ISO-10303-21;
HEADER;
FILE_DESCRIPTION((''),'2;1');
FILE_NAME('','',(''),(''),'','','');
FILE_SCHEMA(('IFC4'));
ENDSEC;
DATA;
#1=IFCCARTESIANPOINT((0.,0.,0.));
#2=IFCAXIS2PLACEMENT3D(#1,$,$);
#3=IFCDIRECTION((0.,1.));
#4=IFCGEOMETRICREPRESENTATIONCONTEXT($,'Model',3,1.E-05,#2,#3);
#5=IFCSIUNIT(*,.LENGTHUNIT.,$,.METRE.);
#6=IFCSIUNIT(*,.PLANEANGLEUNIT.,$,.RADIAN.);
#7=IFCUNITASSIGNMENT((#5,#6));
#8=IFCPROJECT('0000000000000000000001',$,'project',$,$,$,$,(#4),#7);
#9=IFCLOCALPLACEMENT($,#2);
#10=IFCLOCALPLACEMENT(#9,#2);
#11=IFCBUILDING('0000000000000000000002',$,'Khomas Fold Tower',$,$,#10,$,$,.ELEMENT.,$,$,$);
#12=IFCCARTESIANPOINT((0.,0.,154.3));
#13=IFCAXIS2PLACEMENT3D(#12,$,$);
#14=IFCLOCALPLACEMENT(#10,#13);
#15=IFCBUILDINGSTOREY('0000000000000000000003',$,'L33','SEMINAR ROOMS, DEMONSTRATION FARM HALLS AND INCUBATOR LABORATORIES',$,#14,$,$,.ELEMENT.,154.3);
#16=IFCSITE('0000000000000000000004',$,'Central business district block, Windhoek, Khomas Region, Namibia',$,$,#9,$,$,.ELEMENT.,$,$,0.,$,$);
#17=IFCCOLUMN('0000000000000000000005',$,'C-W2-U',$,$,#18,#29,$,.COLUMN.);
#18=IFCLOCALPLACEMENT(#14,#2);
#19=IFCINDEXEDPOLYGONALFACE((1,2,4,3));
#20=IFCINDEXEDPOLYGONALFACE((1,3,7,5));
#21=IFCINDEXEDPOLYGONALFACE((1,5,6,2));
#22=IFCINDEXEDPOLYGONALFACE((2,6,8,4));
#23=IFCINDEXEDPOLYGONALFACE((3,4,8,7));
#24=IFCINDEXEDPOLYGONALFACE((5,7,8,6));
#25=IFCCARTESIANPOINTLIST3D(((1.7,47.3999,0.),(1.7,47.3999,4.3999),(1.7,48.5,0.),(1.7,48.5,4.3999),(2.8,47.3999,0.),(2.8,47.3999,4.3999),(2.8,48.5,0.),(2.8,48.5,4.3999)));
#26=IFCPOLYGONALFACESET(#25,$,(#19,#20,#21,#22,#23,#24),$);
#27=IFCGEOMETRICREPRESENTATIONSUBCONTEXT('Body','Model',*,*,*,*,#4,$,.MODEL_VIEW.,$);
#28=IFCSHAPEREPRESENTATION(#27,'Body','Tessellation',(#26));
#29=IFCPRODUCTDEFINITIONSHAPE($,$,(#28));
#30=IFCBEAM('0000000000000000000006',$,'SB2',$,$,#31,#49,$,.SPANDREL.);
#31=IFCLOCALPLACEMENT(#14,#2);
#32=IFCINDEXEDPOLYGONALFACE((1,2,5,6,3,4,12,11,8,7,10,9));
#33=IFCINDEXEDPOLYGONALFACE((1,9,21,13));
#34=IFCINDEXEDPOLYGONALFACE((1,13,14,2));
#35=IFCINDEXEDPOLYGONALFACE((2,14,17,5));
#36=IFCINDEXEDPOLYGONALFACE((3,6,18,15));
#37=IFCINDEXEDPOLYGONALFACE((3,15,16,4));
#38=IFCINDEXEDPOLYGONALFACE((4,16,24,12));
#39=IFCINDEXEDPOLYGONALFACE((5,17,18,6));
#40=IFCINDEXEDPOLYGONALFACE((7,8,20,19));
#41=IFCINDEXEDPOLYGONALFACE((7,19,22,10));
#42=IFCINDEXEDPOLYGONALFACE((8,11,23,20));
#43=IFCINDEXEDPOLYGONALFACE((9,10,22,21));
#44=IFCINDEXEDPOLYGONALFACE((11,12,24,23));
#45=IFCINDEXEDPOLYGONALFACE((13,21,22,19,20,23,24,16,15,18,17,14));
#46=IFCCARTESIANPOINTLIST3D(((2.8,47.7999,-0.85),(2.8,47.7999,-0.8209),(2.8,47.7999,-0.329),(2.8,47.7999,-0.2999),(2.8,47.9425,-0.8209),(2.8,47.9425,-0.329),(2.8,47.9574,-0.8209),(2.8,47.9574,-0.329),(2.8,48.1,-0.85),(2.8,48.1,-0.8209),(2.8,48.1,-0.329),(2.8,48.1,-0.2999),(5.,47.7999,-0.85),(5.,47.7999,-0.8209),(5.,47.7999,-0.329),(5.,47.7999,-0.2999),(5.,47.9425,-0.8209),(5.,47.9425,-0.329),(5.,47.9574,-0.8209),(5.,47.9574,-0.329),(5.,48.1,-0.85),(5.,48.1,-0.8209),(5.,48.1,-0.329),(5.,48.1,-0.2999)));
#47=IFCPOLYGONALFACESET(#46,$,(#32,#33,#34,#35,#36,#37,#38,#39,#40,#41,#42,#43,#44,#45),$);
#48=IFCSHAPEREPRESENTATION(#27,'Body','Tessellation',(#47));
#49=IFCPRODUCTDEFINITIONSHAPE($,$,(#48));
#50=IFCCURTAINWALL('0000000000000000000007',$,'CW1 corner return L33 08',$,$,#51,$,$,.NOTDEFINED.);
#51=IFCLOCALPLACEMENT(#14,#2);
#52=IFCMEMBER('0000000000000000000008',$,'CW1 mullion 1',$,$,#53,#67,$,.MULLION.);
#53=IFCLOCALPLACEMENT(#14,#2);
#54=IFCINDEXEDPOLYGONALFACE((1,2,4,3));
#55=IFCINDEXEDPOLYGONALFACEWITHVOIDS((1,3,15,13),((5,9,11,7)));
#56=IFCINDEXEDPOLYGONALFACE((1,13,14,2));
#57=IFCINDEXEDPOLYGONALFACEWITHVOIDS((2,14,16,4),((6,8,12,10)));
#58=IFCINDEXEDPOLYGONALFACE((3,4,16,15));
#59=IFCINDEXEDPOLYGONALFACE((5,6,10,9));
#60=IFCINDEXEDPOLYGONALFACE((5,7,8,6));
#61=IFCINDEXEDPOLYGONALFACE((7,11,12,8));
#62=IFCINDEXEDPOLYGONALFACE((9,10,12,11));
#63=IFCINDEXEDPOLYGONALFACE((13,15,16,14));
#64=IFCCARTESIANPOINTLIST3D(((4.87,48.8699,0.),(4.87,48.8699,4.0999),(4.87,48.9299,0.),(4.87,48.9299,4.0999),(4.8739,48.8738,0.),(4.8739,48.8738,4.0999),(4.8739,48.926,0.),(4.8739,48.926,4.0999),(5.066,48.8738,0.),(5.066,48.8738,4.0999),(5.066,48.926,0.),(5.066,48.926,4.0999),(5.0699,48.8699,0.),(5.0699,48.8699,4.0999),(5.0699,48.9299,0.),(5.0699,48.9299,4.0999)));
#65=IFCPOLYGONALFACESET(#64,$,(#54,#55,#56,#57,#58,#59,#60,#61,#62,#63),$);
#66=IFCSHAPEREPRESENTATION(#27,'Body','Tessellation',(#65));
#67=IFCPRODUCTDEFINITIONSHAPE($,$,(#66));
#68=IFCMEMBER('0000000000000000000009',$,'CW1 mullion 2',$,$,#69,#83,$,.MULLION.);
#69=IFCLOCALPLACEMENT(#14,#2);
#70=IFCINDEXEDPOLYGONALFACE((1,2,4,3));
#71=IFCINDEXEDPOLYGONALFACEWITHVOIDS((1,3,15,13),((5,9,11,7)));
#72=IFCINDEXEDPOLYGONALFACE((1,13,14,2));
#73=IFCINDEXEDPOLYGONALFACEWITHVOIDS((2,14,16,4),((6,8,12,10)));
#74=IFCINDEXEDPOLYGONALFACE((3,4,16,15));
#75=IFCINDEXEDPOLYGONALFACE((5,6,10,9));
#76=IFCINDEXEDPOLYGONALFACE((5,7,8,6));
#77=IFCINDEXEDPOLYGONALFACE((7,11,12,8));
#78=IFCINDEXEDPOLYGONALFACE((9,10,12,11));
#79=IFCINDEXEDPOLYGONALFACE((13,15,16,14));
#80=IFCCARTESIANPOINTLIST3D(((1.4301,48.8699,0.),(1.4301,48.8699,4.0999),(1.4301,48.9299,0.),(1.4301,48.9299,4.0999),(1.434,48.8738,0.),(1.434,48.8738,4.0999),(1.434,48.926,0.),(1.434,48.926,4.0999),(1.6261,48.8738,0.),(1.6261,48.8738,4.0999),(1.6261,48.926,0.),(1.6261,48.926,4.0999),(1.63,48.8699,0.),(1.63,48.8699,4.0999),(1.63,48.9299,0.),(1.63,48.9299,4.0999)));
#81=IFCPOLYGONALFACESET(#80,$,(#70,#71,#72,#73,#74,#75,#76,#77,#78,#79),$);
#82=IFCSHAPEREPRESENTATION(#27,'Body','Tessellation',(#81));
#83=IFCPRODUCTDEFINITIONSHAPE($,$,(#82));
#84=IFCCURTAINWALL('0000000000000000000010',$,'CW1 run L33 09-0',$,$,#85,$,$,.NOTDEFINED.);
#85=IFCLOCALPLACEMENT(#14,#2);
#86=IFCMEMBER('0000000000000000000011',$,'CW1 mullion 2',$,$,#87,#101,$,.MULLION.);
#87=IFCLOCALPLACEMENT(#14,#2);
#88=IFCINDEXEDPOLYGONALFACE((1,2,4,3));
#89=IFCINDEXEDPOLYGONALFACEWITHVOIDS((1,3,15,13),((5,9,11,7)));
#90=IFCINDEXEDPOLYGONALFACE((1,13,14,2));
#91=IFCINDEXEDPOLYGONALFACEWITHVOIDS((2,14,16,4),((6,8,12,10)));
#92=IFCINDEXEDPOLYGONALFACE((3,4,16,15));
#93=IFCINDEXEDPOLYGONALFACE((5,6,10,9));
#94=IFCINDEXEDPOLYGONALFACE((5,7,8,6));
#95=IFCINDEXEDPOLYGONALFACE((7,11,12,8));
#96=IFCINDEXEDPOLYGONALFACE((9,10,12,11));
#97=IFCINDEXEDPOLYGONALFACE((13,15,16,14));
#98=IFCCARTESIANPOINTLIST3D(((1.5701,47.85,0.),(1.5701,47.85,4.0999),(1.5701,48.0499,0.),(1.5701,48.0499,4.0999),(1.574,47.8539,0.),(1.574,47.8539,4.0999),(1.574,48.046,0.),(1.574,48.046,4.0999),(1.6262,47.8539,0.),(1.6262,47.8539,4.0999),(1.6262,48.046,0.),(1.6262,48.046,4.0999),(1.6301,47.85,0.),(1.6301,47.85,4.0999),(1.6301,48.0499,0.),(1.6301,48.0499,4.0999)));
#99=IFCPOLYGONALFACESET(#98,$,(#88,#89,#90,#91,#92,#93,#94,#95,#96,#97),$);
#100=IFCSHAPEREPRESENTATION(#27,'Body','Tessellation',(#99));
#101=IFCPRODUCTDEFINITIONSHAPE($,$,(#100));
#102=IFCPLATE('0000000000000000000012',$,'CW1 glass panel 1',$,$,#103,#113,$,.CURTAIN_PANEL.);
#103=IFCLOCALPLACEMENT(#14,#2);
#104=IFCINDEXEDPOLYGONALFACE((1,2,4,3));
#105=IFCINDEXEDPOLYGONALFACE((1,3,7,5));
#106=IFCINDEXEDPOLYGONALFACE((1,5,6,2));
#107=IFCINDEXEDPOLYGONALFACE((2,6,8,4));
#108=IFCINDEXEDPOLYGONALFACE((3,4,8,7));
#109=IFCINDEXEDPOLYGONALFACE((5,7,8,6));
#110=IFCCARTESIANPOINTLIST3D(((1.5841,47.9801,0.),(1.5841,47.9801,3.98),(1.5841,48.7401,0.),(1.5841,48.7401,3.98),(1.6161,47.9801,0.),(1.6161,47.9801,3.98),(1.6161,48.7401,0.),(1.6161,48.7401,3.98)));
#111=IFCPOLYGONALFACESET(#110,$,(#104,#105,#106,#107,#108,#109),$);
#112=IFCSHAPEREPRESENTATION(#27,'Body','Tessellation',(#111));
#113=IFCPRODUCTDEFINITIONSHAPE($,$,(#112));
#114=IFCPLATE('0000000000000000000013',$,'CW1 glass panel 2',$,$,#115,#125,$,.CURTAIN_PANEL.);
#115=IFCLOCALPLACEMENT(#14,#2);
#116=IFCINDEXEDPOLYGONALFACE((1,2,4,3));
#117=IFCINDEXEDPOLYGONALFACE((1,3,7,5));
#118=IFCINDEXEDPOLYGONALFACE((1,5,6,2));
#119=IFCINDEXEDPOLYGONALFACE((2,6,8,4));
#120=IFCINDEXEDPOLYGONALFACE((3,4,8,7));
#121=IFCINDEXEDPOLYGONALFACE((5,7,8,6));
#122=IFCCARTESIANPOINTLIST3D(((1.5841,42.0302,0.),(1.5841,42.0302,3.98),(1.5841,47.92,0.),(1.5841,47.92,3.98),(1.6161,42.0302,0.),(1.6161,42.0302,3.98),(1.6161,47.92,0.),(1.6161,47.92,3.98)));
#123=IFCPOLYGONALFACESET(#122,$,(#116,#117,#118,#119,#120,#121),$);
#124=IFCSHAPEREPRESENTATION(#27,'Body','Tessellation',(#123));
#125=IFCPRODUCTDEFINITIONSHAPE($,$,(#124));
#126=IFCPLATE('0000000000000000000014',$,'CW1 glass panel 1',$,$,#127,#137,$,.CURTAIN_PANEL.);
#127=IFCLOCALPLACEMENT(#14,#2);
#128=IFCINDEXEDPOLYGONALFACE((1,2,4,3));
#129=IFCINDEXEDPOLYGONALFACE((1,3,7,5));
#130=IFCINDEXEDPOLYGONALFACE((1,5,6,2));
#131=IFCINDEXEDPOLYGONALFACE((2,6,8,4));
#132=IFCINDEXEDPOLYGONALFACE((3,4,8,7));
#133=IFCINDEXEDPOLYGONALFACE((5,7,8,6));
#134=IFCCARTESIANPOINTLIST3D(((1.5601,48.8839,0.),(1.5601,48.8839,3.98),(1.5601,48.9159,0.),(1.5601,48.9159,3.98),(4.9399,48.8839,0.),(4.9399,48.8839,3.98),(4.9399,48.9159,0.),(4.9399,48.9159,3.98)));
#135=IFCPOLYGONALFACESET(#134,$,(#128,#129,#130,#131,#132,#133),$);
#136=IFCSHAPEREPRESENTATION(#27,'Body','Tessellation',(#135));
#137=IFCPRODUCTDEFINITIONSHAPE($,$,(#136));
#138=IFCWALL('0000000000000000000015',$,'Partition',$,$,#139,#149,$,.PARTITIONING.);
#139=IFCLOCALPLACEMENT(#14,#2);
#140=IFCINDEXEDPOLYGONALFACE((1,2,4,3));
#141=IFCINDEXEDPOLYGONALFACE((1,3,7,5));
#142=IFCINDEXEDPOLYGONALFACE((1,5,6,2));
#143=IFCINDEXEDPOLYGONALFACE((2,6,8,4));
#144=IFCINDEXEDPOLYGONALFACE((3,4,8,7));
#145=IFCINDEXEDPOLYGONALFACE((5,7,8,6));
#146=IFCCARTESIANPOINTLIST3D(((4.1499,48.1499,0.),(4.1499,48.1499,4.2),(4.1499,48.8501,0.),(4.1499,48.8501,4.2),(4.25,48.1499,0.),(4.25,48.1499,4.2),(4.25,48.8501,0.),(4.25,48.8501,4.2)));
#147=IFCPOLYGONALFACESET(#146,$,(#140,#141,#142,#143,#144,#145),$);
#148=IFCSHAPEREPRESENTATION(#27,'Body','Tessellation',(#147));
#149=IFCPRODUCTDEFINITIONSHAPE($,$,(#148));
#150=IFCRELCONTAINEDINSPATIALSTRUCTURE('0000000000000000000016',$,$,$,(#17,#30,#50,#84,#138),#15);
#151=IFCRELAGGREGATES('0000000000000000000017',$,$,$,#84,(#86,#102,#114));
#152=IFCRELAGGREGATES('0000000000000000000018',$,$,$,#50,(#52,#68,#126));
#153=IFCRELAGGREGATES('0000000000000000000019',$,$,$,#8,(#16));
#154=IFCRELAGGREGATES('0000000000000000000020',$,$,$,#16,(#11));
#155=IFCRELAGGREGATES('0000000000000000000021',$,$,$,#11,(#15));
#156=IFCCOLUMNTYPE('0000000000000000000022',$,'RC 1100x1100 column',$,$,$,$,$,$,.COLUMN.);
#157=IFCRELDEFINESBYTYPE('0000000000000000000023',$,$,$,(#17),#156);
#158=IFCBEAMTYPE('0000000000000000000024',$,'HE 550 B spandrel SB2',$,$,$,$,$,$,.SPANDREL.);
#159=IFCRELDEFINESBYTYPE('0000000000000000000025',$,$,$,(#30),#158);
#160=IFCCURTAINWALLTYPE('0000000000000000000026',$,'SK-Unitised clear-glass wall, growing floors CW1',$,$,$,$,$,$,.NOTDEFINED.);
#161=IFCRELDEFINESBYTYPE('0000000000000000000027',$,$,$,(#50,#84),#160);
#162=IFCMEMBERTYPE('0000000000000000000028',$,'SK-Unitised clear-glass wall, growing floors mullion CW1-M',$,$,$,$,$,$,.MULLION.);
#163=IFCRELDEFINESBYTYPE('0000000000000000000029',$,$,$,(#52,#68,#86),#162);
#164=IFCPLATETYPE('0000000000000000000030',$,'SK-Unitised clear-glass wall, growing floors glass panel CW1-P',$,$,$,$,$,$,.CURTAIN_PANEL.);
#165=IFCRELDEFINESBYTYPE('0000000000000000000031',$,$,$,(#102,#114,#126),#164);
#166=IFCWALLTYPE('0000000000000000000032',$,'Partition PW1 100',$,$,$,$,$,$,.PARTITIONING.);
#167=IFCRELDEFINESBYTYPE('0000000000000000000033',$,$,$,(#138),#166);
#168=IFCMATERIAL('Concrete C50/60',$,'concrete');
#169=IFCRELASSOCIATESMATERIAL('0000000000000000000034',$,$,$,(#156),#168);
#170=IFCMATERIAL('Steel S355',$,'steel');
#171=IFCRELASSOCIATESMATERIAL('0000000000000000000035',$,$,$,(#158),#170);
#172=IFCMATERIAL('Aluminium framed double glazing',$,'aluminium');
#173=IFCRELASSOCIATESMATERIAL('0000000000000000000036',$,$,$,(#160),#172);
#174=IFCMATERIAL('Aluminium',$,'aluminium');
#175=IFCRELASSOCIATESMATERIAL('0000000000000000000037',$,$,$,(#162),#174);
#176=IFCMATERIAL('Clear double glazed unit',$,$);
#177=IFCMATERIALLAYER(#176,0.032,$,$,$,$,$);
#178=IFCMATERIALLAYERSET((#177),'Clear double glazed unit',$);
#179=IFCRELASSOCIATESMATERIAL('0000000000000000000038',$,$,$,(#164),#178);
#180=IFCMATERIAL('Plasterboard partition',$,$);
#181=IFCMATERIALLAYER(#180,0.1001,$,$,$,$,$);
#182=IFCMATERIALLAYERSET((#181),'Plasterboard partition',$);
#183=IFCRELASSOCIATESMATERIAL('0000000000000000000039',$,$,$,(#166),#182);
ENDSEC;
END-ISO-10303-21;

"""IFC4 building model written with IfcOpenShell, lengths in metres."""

from ifc_helpers import new_model, si_unit, direction, frame, frame_2d, origin, origin_2d, place, context, subcontext, project, spatial, rectangle, hollow_rectangle, i_section, extrude, source, transform, mapped, material, layer, layer_set, material_profile, profile_set, type_object, element, aggregate, save


model = new_model("IFC4")

# Units and contexts
model_context = context("Model", 3, precision=1e-05, world=origin(), true_north=direction((0.0, 1.0)))
body_context = subcontext(model_context, "Body", "Model", "MODEL_VIEW")
ifc_project = project(units=[si_unit("LENGTHUNIT", "METRE"), si_unit("PLANEANGLEUNIT", "RADIAN")], contexts=[model_context])

# Site, building, storey
site_placement = place(None, origin())
site = spatial("IfcSite", under=ifc_project, at=site_placement, Name="Central business district block, Windhoek, Khomas Region, Namibia", CompositionType="ELEMENT", RefElevation=0.0)
building_placement = place(site_placement, origin())
building = spatial("IfcBuilding", under=site, at=building_placement, Name="Khomas Fold Tower", CompositionType="ELEMENT")
storey_placement = place(building_placement, frame((0.0, 0.0, 154.3)))
storey = spatial("IfcBuildingStorey", under=building, at=storey_placement, Name="L33", Description="SEMINAR ROOMS, DEMONSTRATION FARM HALLS AND INCUBATOR LABORATORIES", CompositionType="ELEMENT", Elevation=154.3)

# Column
ifc_material_1 = material(Name="Concrete C50/60", Category="concrete")
ifc_material_profile_1 = material_profile(ifc_material_1, rectangle(XDim=1.1001, YDim=1.1001, at=origin_2d()), Name="RC 1100x1100")
ifc_profile_set_1 = profile_set([ifc_material_profile_1], Name="Concrete C50/60")
column_type = type_object("IfcColumnType", Name="RC 1100x1100 column", PredefinedType="COLUMN", material=ifc_profile_set_1)
shared_shape_1 = source(origin(), body_context, "Body", "SweptSolid", [
    extrude(rectangle(XDim=1.1001, YDim=1.1001, at=origin_2d()), origin(), (0.0, 0.0, 1.0), 4.3999),
])
column_placement = place(storey_placement, frame((2.25, 47.95, 0.0), z_axis=(0.0, 0.0, 1.0), x_axis=(1.0, 0.0, 0.0)))
element("IfcColumn", 1, at=column_placement, inside=storey, type_object=column_type, Name="C-W2-U", PredefinedType="COLUMN", context=body_context, shape_type="MappedRepresentation", body=[
    mapped(shared_shape_1, transform((0.0, 0.0, 0.0))),
])

# Beam
ifc_material_2 = material(Name="Steel S355", Category="steel")
ifc_material_profile_2 = material_profile(ifc_material_2, i_section(OverallWidth=0.3, OverallDepth=0.55, WebThickness=0.0149, FlangeThickness=0.0291, at=origin_2d()), Name="HE 550 B")
ifc_profile_set_2 = profile_set([ifc_material_profile_2], Name="Steel S355")
beam_type = type_object("IfcBeamType", Name="HE 550 B spandrel SB2", PredefinedType="SPANDREL", material=ifc_profile_set_2)
shared_shape_2 = source(origin(), body_context, "Body", "SweptSolid", [
    extrude(i_section(OverallWidth=0.3, OverallDepth=0.55, WebThickness=0.0149, FlangeThickness=0.0291, at=origin_2d()), origin(), (0.0, 0.0, 1.0), 2.2),
])
beam_placement = place(storey_placement, frame((2.8, 47.95, -0.575), z_axis=(1.0, 0.0, 0.0), x_axis=(0.0, 1.0, 0.0)))
element("IfcBeam", 2, at=beam_placement, inside=storey, type_object=beam_type, Name="SB2", PredefinedType="SPANDREL", context=body_context, shape_type="MappedRepresentation", body=[
    mapped(shared_shape_2, transform((0.0, 0.0, 0.0))),
])

# Curtain wall, members
ifc_material_3 = material(Name="Aluminium framed double glazing", Category="aluminium")
curtain_wall_type = type_object("IfcCurtainWallType", Name="SK-Unitised clear-glass wall, growing floors CW1", PredefinedType="NOTDEFINED", material=ifc_material_3)
curtain_wall_1_placement = place(storey_placement, origin())
curtain_wall_1 = element("IfcCurtainWall", 3, at=curtain_wall_1_placement, inside=storey, type_object=curtain_wall_type, Name="CW1 corner return L33 08", PredefinedType="NOTDEFINED")
ifc_material_4 = material(Name="Aluminium", Category="aluminium")
ifc_material_profile_3 = material_profile(ifc_material_4, hollow_rectangle(XDim=0.0601, YDim=0.2, WallThickness=0.0039, at=origin_2d()), Name="SK-Unitised clear-glass wall, growing floors mullion CW1-M")
ifc_profile_set_3 = profile_set([ifc_material_profile_3], Name="Aluminium")
member_type = type_object("IfcMemberType", Name="SK-Unitised clear-glass wall, growing floors mullion CW1-M", PredefinedType="MULLION", material=ifc_profile_set_3)
shared_shape_3 = source(origin(), body_context, "Body", "SweptSolid", [
    extrude(hollow_rectangle(XDim=0.0601, YDim=0.2, WallThickness=0.0039, at=origin_2d()), origin(), (0.0, 0.0, 1.0), 4.0999),
])
member_1_placement = place(storey_placement, frame((4.97, 48.8999, 0.0), z_axis=(0.0, 0.0, 1.0), x_axis=(0.0, -1.0, 0.0)))
member_1 = element("IfcMember", 4, at=member_1_placement, type_object=member_type, Name="CW1 mullion 1", PredefinedType="MULLION", context=body_context, shape_type="MappedRepresentation", body=[
    mapped(shared_shape_3, transform((0.0, 0.0, 0.0))),
])
member_2_placement = place(storey_placement, frame((1.53, 48.8999, 0.0), z_axis=(0.0, 0.0, 1.0), x_axis=(0.0, -1.0, 0.0)))
member_2 = element("IfcMember", 5, at=member_2_placement, type_object=member_type, Name="CW1 mullion 2", PredefinedType="MULLION", context=body_context, shape_type="MappedRepresentation", body=[
    mapped(shared_shape_3, transform((0.0, 0.0, 0.0))),
])

# Curtain wall, member, plates
curtain_wall_2_placement = place(storey_placement, origin())
curtain_wall_2 = element("IfcCurtainWall", 6, at=curtain_wall_2_placement, inside=storey, type_object=curtain_wall_type, Name="CW1 run L33 09-0", PredefinedType="NOTDEFINED")
member_3_placement = place(storey_placement, frame((1.6001, 47.95, 0.0), z_axis=(0.0, 0.0, 1.0), x_axis=(1.0, 0.0, 0.0)))
member_3 = element("IfcMember", 7, at=member_3_placement, type_object=member_type, Name="CW1 mullion 2", PredefinedType="MULLION", context=body_context, shape_type="MappedRepresentation", body=[
    mapped(shared_shape_3, transform((0.0, 0.0, 0.0))),
])
ifc_material_5 = material(Name="Clear double glazed unit")
ifc_layer_1 = layer(ifc_material_5, 0.032)
ifc_layer_set_1 = layer_set([ifc_layer_1], Name="Clear double glazed unit")
plate_type = type_object("IfcPlateType", Name="SK-Unitised clear-glass wall, growing floors glass panel CW1-P", PredefinedType="CURTAIN_PANEL", material=ifc_layer_set_1)
shared_shape_4 = source(origin(), body_context, "Body", "SweptSolid", [
    extrude(rectangle(XDim=0.76, YDim=0.032, at=origin_2d()), origin(), (0.0, 0.0, 1.0), 3.98),
])
plate_1_placement = place(storey_placement, frame((1.6001, 48.3601, 0.0), z_axis=(0.0, 0.0, 1.0), x_axis=(0.0, -1.0, 0.0)))
plate_1 = element("IfcPlate", 8, at=plate_1_placement, type_object=plate_type, Name="CW1 glass panel 1", PredefinedType="CURTAIN_PANEL", context=body_context, shape_type="MappedRepresentation", body=[
    mapped(shared_shape_4, transform((0.0, 0.0, 0.0))),
])
shared_shape_5 = source(origin(), body_context, "Body", "SweptSolid", [
    extrude(rectangle(XDim=5.8899, YDim=0.032, at=origin_2d()), origin(), (0.0, 0.0, 1.0), 3.98),
])
plate_2_placement = place(storey_placement, frame((1.6001, 44.9751, 0.0), z_axis=(0.0, 0.0, 1.0), x_axis=(0.0, -1.0, 0.0)))
plate_2 = element("IfcPlate", 9, at=plate_2_placement, type_object=plate_type, Name="CW1 glass panel 2", PredefinedType="CURTAIN_PANEL", context=body_context, shape_type="MappedRepresentation", body=[
    mapped(shared_shape_5, transform((0.0, 0.0, 0.0))),
])
aggregate(curtain_wall_2, [member_3, plate_1, plate_2])

# Plate
shared_shape_6 = source(origin(), body_context, "Body", "SweptSolid", [
    extrude(rectangle(XDim=3.3799, YDim=0.032, at=origin_2d()), origin(), (0.0, 0.0, 1.0), 3.98),
])
plate_3_placement = place(storey_placement, frame((3.25, 48.8999, 0.0), z_axis=(0.0, 0.0, 1.0), x_axis=(-1.0, 0.0, 0.0)))
plate_3 = element("IfcPlate", 10, at=plate_3_placement, type_object=plate_type, Name="CW1 glass panel 1", PredefinedType="CURTAIN_PANEL", context=body_context, shape_type="MappedRepresentation", body=[
    mapped(shared_shape_6, transform((0.0, 0.0, 0.0))),
])
aggregate(curtain_wall_1, [member_1, member_2, plate_3])

# Wall
ifc_material_6 = material(Name="Plasterboard partition")
ifc_layer_2 = layer(ifc_material_6, 0.1001)
ifc_layer_set_2 = layer_set([ifc_layer_2], Name="Plasterboard partition")
wall_type_1 = type_object("IfcWallType", Name="Partition PW1 100", PredefinedType="PARTITIONING", material=ifc_layer_set_2)
shared_shape_7 = source(origin(), body_context, "Body", "SweptSolid", [
    extrude(rectangle(XDim=0.7002, YDim=0.1001, at=frame_2d((0.3501, 0.0))), origin(), (0.0, 0.0, 1.0), 4.2),
])
wall_1_placement = place(storey_placement, frame((4.2, 48.1499, 0.0), z_axis=(0.0, 0.0, 1.0), x_axis=(0.0, 1.0, 0.0)))
element("IfcWall", 11, at=wall_1_placement, inside=storey, type_object=wall_type_1, Name="Partition", PredefinedType="PARTITIONING", context=body_context, shape_type="MappedRepresentation", body=[
    mapped(shared_shape_7, transform((0.0, 0.0, 0.0))),
])

save(model, "model.ifc")
